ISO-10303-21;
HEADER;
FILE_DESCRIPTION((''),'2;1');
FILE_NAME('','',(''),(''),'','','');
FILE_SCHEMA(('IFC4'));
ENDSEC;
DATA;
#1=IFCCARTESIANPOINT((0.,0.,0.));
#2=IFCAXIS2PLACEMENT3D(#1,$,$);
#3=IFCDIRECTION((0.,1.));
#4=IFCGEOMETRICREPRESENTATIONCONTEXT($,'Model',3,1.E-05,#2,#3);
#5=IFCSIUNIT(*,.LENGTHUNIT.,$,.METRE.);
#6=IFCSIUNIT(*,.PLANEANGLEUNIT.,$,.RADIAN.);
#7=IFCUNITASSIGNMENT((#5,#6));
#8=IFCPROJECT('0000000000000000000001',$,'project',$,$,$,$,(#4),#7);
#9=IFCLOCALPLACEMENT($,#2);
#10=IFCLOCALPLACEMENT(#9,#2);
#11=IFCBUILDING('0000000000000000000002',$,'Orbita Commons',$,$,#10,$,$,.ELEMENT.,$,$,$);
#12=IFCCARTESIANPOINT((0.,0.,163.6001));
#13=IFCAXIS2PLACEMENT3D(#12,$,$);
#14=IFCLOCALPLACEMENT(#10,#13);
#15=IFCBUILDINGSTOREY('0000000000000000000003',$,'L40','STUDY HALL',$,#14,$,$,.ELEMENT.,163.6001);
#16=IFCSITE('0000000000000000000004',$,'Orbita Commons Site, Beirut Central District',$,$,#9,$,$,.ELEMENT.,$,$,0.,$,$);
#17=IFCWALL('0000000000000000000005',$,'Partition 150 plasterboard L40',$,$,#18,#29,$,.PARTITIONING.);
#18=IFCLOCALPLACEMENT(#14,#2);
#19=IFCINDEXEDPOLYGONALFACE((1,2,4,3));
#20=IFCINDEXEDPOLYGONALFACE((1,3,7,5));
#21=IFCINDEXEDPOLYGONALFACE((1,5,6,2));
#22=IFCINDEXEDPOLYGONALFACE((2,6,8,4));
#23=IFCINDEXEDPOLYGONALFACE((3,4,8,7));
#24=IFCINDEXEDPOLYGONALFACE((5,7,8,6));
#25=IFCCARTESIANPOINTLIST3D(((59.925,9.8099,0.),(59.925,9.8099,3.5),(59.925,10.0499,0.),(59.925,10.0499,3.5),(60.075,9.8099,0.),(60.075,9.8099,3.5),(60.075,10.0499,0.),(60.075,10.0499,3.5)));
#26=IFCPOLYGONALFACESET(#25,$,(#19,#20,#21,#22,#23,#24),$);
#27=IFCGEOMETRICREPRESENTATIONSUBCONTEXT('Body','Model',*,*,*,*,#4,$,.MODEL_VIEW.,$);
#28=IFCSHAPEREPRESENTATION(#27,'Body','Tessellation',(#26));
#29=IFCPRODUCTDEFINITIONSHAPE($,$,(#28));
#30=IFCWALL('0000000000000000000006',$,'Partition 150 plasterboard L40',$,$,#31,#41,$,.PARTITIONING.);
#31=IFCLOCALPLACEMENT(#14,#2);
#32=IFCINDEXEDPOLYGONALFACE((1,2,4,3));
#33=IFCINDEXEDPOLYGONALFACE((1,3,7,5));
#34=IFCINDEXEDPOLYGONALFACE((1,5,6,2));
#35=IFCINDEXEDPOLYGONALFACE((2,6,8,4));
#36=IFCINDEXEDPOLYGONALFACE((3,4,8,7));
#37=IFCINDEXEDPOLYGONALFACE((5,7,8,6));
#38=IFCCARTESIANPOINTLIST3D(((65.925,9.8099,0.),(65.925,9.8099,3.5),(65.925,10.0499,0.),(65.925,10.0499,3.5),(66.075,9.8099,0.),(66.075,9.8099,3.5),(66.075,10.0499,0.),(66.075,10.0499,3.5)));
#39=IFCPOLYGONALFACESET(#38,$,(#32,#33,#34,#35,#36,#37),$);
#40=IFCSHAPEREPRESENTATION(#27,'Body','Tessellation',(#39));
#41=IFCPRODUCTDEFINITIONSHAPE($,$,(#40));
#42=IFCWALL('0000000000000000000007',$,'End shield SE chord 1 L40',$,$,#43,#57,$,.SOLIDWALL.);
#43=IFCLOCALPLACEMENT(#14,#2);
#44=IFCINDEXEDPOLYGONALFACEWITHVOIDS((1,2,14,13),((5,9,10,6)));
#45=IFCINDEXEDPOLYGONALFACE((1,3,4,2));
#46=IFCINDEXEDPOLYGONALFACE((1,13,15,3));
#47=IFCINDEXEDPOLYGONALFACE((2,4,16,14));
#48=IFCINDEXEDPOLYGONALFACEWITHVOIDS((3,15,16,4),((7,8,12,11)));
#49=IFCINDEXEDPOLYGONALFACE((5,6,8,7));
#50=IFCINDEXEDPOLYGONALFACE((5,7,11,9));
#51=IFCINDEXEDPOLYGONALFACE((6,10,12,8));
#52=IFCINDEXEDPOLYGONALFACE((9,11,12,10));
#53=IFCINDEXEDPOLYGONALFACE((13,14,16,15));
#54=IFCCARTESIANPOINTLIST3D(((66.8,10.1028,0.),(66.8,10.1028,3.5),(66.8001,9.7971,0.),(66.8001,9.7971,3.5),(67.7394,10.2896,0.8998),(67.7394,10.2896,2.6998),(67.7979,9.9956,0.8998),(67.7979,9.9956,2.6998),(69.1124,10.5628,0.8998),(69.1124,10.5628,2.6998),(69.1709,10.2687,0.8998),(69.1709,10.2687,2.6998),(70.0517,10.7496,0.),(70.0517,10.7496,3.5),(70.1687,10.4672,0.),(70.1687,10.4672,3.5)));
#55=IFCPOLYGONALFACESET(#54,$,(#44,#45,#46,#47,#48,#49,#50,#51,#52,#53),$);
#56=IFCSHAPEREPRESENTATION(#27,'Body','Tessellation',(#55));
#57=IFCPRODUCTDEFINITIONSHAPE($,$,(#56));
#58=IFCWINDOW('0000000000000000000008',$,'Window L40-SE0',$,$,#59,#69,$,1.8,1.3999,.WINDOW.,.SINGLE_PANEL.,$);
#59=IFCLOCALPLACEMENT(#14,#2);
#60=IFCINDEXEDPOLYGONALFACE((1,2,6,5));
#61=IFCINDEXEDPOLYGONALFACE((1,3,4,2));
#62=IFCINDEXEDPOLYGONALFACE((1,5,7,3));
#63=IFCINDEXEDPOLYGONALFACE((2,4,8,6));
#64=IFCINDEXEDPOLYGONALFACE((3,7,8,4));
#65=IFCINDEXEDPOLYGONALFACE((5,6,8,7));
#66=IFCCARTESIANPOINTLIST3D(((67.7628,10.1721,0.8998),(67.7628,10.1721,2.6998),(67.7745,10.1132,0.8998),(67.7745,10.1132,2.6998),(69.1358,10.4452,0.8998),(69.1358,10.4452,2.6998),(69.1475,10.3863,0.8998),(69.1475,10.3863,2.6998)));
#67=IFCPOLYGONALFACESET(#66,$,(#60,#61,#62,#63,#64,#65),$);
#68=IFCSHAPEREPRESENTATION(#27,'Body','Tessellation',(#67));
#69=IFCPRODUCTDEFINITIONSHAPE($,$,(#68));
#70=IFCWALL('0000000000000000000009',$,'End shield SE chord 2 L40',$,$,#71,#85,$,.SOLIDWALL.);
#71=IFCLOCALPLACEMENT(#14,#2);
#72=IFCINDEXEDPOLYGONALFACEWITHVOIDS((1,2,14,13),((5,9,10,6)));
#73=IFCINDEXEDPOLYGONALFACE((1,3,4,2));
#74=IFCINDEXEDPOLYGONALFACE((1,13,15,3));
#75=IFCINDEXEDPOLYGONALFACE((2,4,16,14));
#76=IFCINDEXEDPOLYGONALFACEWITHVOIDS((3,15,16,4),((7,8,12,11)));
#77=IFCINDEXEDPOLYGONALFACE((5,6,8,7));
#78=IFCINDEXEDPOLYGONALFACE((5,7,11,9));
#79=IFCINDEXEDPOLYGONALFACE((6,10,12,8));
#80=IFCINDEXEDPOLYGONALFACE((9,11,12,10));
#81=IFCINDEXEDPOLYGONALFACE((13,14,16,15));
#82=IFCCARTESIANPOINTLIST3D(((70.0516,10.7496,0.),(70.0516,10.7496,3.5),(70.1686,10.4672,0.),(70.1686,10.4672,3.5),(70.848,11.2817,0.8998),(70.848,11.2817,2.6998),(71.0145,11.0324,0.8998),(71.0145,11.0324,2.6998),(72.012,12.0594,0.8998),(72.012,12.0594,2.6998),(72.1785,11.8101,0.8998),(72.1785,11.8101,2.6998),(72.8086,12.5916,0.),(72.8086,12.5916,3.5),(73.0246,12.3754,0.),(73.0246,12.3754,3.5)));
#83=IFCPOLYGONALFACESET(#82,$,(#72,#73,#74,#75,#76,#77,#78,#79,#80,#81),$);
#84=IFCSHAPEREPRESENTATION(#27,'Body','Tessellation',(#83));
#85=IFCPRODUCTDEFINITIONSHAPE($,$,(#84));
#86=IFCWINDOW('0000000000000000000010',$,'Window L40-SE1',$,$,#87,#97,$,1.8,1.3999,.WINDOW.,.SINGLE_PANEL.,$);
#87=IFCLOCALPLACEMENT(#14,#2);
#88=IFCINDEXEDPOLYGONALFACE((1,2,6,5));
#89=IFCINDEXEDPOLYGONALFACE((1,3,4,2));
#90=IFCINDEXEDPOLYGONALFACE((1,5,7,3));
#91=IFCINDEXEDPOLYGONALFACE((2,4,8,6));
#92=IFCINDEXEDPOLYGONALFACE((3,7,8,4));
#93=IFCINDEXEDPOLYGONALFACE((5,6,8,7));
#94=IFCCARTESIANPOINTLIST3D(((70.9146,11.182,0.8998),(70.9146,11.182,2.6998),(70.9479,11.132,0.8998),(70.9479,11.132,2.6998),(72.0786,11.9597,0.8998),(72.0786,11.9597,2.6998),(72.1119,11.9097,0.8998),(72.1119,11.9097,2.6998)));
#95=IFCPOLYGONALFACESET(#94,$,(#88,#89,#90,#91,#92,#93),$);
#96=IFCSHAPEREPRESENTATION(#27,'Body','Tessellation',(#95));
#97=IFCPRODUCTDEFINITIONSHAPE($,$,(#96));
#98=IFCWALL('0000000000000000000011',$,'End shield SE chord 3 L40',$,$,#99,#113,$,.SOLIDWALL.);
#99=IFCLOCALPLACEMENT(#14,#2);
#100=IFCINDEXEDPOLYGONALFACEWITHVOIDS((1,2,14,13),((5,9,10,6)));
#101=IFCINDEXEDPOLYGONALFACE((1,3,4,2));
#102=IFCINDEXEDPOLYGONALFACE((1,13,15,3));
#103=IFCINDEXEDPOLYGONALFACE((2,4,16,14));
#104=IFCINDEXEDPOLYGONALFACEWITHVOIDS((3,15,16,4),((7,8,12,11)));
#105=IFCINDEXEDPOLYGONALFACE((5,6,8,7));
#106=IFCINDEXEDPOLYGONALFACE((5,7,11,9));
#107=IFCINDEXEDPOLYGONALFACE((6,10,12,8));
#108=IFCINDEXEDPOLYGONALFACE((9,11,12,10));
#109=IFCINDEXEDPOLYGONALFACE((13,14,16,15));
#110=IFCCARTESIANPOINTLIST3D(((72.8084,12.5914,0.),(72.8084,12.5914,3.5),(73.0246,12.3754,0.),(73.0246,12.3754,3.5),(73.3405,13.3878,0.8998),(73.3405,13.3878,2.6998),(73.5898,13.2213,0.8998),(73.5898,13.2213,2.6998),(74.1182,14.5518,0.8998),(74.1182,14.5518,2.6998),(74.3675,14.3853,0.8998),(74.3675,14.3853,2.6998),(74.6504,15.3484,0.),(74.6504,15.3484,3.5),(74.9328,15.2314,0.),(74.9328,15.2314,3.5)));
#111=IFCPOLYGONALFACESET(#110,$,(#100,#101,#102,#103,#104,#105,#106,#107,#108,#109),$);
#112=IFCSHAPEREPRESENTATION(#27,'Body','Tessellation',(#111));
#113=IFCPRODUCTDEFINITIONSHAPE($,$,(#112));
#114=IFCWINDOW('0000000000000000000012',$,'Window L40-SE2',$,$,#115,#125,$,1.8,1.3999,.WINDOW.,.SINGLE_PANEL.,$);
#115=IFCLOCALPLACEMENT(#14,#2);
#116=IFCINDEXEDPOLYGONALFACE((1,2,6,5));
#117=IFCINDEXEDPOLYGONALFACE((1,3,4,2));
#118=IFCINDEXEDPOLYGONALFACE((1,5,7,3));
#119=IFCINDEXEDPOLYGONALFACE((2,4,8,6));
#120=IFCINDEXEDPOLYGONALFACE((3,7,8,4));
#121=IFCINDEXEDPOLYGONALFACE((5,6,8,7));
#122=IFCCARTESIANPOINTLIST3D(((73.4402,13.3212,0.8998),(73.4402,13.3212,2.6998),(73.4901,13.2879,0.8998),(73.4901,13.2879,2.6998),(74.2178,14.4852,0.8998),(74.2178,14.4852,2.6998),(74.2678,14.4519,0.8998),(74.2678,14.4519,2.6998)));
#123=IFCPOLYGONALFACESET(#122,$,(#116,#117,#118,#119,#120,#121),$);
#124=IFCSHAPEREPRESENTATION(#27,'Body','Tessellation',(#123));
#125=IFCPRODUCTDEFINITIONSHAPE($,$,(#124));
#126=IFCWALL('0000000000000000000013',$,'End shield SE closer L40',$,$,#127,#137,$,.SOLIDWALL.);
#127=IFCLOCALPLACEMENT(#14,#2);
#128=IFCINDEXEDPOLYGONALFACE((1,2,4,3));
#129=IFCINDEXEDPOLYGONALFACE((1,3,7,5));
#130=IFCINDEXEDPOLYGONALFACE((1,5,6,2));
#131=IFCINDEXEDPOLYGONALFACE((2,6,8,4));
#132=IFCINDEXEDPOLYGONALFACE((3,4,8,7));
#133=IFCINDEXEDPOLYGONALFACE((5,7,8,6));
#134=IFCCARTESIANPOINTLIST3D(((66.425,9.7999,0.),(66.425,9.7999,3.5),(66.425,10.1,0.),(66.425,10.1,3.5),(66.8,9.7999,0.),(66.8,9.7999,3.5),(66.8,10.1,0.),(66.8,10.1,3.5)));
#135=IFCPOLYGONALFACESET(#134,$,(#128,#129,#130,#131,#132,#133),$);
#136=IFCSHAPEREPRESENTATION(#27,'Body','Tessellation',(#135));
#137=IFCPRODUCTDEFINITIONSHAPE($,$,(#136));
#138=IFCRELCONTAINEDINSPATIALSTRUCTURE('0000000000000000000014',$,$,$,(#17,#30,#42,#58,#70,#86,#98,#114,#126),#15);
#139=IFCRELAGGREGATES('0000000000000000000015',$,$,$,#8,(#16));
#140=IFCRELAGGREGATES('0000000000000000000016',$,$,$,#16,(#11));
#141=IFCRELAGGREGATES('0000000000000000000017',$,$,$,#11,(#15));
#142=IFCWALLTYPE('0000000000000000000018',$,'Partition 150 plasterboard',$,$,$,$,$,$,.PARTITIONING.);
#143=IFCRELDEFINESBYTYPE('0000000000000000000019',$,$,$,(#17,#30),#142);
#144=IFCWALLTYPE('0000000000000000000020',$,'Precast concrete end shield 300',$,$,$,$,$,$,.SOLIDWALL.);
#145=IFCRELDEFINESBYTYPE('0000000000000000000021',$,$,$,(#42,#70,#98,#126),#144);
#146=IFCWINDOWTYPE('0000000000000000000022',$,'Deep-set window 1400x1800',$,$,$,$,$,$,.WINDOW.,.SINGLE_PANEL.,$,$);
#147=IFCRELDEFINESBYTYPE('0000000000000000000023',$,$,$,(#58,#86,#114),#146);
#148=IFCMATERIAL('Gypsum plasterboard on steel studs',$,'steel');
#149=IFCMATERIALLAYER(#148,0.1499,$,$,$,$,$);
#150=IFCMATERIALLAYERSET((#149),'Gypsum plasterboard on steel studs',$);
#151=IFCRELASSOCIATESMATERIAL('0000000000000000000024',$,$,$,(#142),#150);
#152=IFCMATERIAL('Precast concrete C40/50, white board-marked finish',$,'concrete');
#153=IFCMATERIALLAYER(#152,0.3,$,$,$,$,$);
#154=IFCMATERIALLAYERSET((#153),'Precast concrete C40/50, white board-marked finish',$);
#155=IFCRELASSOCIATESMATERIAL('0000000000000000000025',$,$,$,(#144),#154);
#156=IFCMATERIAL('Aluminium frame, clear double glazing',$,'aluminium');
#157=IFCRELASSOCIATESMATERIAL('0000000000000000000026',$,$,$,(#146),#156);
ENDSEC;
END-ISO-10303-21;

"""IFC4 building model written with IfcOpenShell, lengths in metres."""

from ifc_helpers import new_model, si_unit, direction, frame, frame_2d, origin, place, context, subcontext, project, spatial, polyline, rectangle, outline, extrude, material, layer, layer_set, type_object, element, fill, save


model = new_model("IFC4")

# Units and contexts
model_context = context("Model", 3, precision=1e-05, world=origin(), true_north=direction((0.0, 1.0)))
body_context = subcontext(model_context, "Body", "Model", "MODEL_VIEW")
ifc_project = project(units=[si_unit("LENGTHUNIT", "METRE"), si_unit("PLANEANGLEUNIT", "RADIAN")], contexts=[model_context])

# Site, building, storey
site_placement = place(None, origin())
site = spatial("IfcSite", under=ifc_project, at=site_placement, Name="Orbita Commons Site, Beirut Central District", CompositionType="ELEMENT", RefElevation=0.0)
building_placement = place(site_placement, origin())
building = spatial("IfcBuilding", under=site, at=building_placement, Name="Orbita Commons", CompositionType="ELEMENT")
storey_placement = place(building_placement, frame((0.0, 0.0, 163.6001)))
storey = spatial("IfcBuildingStorey", under=building, at=storey_placement, Name="L40", Description="STUDY HALL", CompositionType="ELEMENT", Elevation=163.6001)

# Walls
ifc_material_1 = material(Name="Gypsum plasterboard on steel studs", Category="steel")
ifc_layer_1 = layer(ifc_material_1, 0.1499)
ifc_layer_set_1 = layer_set([ifc_layer_1], Name="Gypsum plasterboard on steel studs")
wall_type_1 = type_object("IfcWallType", Name="Partition 150 plasterboard", PredefinedType="PARTITIONING", material=ifc_layer_set_1)
for number, where, z_axis, x_axis, name in (
    (1, (60.0, 10.05, 0.0), (0.0, 0.0, 1.0), (0.0, -1.0, 0.0), "Partition 150 plasterboard L40"),
    (2, (66.0, 10.05, 0.0), (0.0, 0.0, 1.0), (0.0, -1.0, 0.0), "Partition 150 plasterboard L40"),
):
    element("IfcWall", number, at=place(storey_placement, frame(where, z_axis=z_axis, x_axis=x_axis)), inside=storey, type_object=wall_type_1, Name=name, PredefinedType="PARTITIONING", context=body_context, shape_type="SweptSolid", body=[
        extrude(rectangle(XDim=0.24, YDim=0.1499, at=frame_2d((0.1201, 0.0))), origin(), (0.0, 0.0, 1.0), 3.5),
    ])

# Walls, openings, windows
ifc_material_2 = material(Name="Precast concrete C40/50, white board-marked finish", Category="concrete")
ifc_layer_2 = layer(ifc_material_2, 0.3)
ifc_layer_set_2 = layer_set([ifc_layer_2], Name="Precast concrete C40/50, white board-marked finish")
wall_type_2 = type_object("IfcWallType", Name="Precast concrete end shield 300", PredefinedType="SOLIDWALL", material=ifc_layer_set_2)
wall_1_placement = place(storey_placement, frame((66.8, 9.95, 0.0), z_axis=(0.0, 0.0, 1.0), x_axis=(0.980783, 0.1951, 0.0)))
wall_1 = element("IfcWall", 3, at=wall_1_placement, inside=storey, type_object=wall_type_2, Name="End shield SE chord 1 L40", PredefinedType="SOLIDWALL", context=body_context, shape_type="SweptSolid", body=[
    extrude(outline(polyline([(-0.0298, -0.1499), (3.4048, -0.1499), (3.3452, 0.1499), (0.0298, 0.1499), (-0.0298, -0.1499)])), origin(), (0.0, 0.0, 1.0), 3.5),
])
opening_1_placement = place(wall_1_placement, frame((0.9875, 0.0, 0.8999)))
opening_1 = element("IfcOpeningElement", 4, at=opening_1_placement, cuts=wall_1, PredefinedType="OPENING", context=body_context, shape_type="SweptSolid", body=[
    extrude(rectangle(XDim=1.3999, YDim=1.8, at=frame_2d((0.7, 0.8999))), frame((0.0, 0.1599, 0.0), z_axis=(0.0, -1.0, 0.0), x_axis=(1.0, 0.0, 0.0)), (0.0, 0.0, 1.0), 0.3201),
])
ifc_material_3 = material(Name="Aluminium frame, clear double glazing", Category="aluminium")
window_type = type_object("IfcWindowType", Name="Deep-set window 1400x1800", PartitioningType="SINGLE_PANEL", PredefinedType="WINDOW", material=ifc_material_3)
window_1_placement = place(opening_1_placement, origin())
window_1 = element("IfcWindow", 5, at=window_1_placement, inside=storey, type_object=window_type, Name="Window L40-SE0", OverallHeight=1.8, OverallWidth=1.3999, PartitioningType="SINGLE_PANEL", PredefinedType="WINDOW", context=body_context, shape_type="SweptSolid", body=[
    extrude(rectangle(XDim=1.3999, YDim=1.8, at=frame_2d((0.7, 0.8999))), frame((0.0, 0.03, 0.0), z_axis=(0.0, -1.0, 0.0), x_axis=(1.0, 0.0, 0.0)), (0.0, 0.0, 1.0), 0.0601),
])
fill(opening_1, window_1)
wall_2_placement = place(storey_placement, frame((70.1101, 10.6084, 0.0), z_axis=(0.0, 0.0, 1.0), x_axis=(0.831493, 0.555535, 0.0)))
wall_2 = element("IfcWall", 6, at=wall_2_placement, inside=storey, type_object=wall_type_2, Name="End shield SE chord 2 L40", PredefinedType="SOLIDWALL", context=body_context, shape_type="SweptSolid", body=[
    extrude(outline(polyline([(-0.0298, -0.1499), (3.405, -0.1499), (3.3455, 0.1499), (0.0298, 0.1499), (-0.0298, -0.1499)])), origin(), (0.0, 0.0, 1.0), 3.5),
])
opening_2_placement = place(wall_2_placement, frame((0.9875, 0.0, 0.8999)))
opening_2 = element("IfcOpeningElement", 7, at=opening_2_placement, cuts=wall_2, PredefinedType="OPENING", context=body_context, shape_type="SweptSolid", body=[
    extrude(rectangle(XDim=1.3999, YDim=1.8, at=frame_2d((0.7, 0.8999))), frame((0.0, 0.1599, 0.0), z_axis=(0.0, -1.0, 0.0), x_axis=(1.0, 0.0, 0.0)), (0.0, 0.0, 1.0), 0.3201),
])
window_2_placement = place(opening_2_placement, origin())
window_2 = element("IfcWindow", 8, at=window_2_placement, inside=storey, type_object=window_type, Name="Window L40-SE1", OverallHeight=1.8, OverallWidth=1.3999, PartitioningType="SINGLE_PANEL", PredefinedType="WINDOW", context=body_context, shape_type="SweptSolid", body=[
    extrude(rectangle(XDim=1.3999, YDim=1.8, at=frame_2d((0.7, 0.8999))), frame((0.0, 0.03, 0.0), z_axis=(0.0, -1.0, 0.0), x_axis=(1.0, 0.0, 0.0)), (0.0, 0.0, 1.0), 0.0601),
])
fill(opening_2, window_2)
wall_3_placement = place(storey_placement, frame((72.9165, 12.4834, 0.0), z_axis=(0.0, 0.0, 1.0), x_axis=(0.555535, 0.831493, 0.0)))
wall_3 = element("IfcWall", 9, at=wall_3_placement, inside=storey, type_object=wall_type_2, Name="End shield SE chord 3 L40", PredefinedType="SOLIDWALL", context=body_context, shape_type="SweptSolid", body=[
    extrude(outline(polyline([(-0.0298, -0.1499), (3.405, -0.1499), (3.3455, 0.1499), (0.0298, 0.1499), (-0.0298, -0.1499)])), origin(), (0.0, 0.0, 1.0), 3.5),
])
opening_3_placement = place(wall_3_placement, frame((0.9875, 0.0, 0.8999)))
opening_3 = element("IfcOpeningElement", 10, at=opening_3_placement, cuts=wall_3, PredefinedType="OPENING", context=body_context, shape_type="SweptSolid", body=[
    extrude(rectangle(XDim=1.3999, YDim=1.8, at=frame_2d((0.7, 0.8999))), frame((0.0, 0.1599, 0.0), z_axis=(0.0, -1.0, 0.0), x_axis=(1.0, 0.0, 0.0)), (0.0, 0.0, 1.0), 0.3201),
])
window_3_placement = place(opening_3_placement, origin())
window_3 = element("IfcWindow", 11, at=window_3_placement, inside=storey, type_object=window_type, Name="Window L40-SE2", OverallHeight=1.8, OverallWidth=1.3999, PartitioningType="SINGLE_PANEL", PredefinedType="WINDOW", context=body_context, shape_type="SweptSolid", body=[
    extrude(rectangle(XDim=1.3999, YDim=1.8, at=frame_2d((0.7, 0.8999))), frame((0.0, 0.03, 0.0), z_axis=(0.0, -1.0, 0.0), x_axis=(1.0, 0.0, 0.0)), (0.0, 0.0, 1.0), 0.0601),
])
fill(opening_3, window_3)

# Wall
wall_4_placement = place(storey_placement, frame((66.8, 9.95, 0.0), z_axis=(0.0, 0.0, 1.0), x_axis=(-1.0, 0.0, 0.0)))
element("IfcWall", 12, at=wall_4_placement, inside=storey, type_object=wall_type_2, Name="End shield SE closer L40", PredefinedType="SOLIDWALL", context=body_context, shape_type="SweptSolid", body=[
    extrude(rectangle(XDim=0.375, YDim=0.3, at=frame_2d((0.1875, 0.0))), origin(), (0.0, 0.0, 1.0), 3.5),
])

save(model, "model.ifc")
